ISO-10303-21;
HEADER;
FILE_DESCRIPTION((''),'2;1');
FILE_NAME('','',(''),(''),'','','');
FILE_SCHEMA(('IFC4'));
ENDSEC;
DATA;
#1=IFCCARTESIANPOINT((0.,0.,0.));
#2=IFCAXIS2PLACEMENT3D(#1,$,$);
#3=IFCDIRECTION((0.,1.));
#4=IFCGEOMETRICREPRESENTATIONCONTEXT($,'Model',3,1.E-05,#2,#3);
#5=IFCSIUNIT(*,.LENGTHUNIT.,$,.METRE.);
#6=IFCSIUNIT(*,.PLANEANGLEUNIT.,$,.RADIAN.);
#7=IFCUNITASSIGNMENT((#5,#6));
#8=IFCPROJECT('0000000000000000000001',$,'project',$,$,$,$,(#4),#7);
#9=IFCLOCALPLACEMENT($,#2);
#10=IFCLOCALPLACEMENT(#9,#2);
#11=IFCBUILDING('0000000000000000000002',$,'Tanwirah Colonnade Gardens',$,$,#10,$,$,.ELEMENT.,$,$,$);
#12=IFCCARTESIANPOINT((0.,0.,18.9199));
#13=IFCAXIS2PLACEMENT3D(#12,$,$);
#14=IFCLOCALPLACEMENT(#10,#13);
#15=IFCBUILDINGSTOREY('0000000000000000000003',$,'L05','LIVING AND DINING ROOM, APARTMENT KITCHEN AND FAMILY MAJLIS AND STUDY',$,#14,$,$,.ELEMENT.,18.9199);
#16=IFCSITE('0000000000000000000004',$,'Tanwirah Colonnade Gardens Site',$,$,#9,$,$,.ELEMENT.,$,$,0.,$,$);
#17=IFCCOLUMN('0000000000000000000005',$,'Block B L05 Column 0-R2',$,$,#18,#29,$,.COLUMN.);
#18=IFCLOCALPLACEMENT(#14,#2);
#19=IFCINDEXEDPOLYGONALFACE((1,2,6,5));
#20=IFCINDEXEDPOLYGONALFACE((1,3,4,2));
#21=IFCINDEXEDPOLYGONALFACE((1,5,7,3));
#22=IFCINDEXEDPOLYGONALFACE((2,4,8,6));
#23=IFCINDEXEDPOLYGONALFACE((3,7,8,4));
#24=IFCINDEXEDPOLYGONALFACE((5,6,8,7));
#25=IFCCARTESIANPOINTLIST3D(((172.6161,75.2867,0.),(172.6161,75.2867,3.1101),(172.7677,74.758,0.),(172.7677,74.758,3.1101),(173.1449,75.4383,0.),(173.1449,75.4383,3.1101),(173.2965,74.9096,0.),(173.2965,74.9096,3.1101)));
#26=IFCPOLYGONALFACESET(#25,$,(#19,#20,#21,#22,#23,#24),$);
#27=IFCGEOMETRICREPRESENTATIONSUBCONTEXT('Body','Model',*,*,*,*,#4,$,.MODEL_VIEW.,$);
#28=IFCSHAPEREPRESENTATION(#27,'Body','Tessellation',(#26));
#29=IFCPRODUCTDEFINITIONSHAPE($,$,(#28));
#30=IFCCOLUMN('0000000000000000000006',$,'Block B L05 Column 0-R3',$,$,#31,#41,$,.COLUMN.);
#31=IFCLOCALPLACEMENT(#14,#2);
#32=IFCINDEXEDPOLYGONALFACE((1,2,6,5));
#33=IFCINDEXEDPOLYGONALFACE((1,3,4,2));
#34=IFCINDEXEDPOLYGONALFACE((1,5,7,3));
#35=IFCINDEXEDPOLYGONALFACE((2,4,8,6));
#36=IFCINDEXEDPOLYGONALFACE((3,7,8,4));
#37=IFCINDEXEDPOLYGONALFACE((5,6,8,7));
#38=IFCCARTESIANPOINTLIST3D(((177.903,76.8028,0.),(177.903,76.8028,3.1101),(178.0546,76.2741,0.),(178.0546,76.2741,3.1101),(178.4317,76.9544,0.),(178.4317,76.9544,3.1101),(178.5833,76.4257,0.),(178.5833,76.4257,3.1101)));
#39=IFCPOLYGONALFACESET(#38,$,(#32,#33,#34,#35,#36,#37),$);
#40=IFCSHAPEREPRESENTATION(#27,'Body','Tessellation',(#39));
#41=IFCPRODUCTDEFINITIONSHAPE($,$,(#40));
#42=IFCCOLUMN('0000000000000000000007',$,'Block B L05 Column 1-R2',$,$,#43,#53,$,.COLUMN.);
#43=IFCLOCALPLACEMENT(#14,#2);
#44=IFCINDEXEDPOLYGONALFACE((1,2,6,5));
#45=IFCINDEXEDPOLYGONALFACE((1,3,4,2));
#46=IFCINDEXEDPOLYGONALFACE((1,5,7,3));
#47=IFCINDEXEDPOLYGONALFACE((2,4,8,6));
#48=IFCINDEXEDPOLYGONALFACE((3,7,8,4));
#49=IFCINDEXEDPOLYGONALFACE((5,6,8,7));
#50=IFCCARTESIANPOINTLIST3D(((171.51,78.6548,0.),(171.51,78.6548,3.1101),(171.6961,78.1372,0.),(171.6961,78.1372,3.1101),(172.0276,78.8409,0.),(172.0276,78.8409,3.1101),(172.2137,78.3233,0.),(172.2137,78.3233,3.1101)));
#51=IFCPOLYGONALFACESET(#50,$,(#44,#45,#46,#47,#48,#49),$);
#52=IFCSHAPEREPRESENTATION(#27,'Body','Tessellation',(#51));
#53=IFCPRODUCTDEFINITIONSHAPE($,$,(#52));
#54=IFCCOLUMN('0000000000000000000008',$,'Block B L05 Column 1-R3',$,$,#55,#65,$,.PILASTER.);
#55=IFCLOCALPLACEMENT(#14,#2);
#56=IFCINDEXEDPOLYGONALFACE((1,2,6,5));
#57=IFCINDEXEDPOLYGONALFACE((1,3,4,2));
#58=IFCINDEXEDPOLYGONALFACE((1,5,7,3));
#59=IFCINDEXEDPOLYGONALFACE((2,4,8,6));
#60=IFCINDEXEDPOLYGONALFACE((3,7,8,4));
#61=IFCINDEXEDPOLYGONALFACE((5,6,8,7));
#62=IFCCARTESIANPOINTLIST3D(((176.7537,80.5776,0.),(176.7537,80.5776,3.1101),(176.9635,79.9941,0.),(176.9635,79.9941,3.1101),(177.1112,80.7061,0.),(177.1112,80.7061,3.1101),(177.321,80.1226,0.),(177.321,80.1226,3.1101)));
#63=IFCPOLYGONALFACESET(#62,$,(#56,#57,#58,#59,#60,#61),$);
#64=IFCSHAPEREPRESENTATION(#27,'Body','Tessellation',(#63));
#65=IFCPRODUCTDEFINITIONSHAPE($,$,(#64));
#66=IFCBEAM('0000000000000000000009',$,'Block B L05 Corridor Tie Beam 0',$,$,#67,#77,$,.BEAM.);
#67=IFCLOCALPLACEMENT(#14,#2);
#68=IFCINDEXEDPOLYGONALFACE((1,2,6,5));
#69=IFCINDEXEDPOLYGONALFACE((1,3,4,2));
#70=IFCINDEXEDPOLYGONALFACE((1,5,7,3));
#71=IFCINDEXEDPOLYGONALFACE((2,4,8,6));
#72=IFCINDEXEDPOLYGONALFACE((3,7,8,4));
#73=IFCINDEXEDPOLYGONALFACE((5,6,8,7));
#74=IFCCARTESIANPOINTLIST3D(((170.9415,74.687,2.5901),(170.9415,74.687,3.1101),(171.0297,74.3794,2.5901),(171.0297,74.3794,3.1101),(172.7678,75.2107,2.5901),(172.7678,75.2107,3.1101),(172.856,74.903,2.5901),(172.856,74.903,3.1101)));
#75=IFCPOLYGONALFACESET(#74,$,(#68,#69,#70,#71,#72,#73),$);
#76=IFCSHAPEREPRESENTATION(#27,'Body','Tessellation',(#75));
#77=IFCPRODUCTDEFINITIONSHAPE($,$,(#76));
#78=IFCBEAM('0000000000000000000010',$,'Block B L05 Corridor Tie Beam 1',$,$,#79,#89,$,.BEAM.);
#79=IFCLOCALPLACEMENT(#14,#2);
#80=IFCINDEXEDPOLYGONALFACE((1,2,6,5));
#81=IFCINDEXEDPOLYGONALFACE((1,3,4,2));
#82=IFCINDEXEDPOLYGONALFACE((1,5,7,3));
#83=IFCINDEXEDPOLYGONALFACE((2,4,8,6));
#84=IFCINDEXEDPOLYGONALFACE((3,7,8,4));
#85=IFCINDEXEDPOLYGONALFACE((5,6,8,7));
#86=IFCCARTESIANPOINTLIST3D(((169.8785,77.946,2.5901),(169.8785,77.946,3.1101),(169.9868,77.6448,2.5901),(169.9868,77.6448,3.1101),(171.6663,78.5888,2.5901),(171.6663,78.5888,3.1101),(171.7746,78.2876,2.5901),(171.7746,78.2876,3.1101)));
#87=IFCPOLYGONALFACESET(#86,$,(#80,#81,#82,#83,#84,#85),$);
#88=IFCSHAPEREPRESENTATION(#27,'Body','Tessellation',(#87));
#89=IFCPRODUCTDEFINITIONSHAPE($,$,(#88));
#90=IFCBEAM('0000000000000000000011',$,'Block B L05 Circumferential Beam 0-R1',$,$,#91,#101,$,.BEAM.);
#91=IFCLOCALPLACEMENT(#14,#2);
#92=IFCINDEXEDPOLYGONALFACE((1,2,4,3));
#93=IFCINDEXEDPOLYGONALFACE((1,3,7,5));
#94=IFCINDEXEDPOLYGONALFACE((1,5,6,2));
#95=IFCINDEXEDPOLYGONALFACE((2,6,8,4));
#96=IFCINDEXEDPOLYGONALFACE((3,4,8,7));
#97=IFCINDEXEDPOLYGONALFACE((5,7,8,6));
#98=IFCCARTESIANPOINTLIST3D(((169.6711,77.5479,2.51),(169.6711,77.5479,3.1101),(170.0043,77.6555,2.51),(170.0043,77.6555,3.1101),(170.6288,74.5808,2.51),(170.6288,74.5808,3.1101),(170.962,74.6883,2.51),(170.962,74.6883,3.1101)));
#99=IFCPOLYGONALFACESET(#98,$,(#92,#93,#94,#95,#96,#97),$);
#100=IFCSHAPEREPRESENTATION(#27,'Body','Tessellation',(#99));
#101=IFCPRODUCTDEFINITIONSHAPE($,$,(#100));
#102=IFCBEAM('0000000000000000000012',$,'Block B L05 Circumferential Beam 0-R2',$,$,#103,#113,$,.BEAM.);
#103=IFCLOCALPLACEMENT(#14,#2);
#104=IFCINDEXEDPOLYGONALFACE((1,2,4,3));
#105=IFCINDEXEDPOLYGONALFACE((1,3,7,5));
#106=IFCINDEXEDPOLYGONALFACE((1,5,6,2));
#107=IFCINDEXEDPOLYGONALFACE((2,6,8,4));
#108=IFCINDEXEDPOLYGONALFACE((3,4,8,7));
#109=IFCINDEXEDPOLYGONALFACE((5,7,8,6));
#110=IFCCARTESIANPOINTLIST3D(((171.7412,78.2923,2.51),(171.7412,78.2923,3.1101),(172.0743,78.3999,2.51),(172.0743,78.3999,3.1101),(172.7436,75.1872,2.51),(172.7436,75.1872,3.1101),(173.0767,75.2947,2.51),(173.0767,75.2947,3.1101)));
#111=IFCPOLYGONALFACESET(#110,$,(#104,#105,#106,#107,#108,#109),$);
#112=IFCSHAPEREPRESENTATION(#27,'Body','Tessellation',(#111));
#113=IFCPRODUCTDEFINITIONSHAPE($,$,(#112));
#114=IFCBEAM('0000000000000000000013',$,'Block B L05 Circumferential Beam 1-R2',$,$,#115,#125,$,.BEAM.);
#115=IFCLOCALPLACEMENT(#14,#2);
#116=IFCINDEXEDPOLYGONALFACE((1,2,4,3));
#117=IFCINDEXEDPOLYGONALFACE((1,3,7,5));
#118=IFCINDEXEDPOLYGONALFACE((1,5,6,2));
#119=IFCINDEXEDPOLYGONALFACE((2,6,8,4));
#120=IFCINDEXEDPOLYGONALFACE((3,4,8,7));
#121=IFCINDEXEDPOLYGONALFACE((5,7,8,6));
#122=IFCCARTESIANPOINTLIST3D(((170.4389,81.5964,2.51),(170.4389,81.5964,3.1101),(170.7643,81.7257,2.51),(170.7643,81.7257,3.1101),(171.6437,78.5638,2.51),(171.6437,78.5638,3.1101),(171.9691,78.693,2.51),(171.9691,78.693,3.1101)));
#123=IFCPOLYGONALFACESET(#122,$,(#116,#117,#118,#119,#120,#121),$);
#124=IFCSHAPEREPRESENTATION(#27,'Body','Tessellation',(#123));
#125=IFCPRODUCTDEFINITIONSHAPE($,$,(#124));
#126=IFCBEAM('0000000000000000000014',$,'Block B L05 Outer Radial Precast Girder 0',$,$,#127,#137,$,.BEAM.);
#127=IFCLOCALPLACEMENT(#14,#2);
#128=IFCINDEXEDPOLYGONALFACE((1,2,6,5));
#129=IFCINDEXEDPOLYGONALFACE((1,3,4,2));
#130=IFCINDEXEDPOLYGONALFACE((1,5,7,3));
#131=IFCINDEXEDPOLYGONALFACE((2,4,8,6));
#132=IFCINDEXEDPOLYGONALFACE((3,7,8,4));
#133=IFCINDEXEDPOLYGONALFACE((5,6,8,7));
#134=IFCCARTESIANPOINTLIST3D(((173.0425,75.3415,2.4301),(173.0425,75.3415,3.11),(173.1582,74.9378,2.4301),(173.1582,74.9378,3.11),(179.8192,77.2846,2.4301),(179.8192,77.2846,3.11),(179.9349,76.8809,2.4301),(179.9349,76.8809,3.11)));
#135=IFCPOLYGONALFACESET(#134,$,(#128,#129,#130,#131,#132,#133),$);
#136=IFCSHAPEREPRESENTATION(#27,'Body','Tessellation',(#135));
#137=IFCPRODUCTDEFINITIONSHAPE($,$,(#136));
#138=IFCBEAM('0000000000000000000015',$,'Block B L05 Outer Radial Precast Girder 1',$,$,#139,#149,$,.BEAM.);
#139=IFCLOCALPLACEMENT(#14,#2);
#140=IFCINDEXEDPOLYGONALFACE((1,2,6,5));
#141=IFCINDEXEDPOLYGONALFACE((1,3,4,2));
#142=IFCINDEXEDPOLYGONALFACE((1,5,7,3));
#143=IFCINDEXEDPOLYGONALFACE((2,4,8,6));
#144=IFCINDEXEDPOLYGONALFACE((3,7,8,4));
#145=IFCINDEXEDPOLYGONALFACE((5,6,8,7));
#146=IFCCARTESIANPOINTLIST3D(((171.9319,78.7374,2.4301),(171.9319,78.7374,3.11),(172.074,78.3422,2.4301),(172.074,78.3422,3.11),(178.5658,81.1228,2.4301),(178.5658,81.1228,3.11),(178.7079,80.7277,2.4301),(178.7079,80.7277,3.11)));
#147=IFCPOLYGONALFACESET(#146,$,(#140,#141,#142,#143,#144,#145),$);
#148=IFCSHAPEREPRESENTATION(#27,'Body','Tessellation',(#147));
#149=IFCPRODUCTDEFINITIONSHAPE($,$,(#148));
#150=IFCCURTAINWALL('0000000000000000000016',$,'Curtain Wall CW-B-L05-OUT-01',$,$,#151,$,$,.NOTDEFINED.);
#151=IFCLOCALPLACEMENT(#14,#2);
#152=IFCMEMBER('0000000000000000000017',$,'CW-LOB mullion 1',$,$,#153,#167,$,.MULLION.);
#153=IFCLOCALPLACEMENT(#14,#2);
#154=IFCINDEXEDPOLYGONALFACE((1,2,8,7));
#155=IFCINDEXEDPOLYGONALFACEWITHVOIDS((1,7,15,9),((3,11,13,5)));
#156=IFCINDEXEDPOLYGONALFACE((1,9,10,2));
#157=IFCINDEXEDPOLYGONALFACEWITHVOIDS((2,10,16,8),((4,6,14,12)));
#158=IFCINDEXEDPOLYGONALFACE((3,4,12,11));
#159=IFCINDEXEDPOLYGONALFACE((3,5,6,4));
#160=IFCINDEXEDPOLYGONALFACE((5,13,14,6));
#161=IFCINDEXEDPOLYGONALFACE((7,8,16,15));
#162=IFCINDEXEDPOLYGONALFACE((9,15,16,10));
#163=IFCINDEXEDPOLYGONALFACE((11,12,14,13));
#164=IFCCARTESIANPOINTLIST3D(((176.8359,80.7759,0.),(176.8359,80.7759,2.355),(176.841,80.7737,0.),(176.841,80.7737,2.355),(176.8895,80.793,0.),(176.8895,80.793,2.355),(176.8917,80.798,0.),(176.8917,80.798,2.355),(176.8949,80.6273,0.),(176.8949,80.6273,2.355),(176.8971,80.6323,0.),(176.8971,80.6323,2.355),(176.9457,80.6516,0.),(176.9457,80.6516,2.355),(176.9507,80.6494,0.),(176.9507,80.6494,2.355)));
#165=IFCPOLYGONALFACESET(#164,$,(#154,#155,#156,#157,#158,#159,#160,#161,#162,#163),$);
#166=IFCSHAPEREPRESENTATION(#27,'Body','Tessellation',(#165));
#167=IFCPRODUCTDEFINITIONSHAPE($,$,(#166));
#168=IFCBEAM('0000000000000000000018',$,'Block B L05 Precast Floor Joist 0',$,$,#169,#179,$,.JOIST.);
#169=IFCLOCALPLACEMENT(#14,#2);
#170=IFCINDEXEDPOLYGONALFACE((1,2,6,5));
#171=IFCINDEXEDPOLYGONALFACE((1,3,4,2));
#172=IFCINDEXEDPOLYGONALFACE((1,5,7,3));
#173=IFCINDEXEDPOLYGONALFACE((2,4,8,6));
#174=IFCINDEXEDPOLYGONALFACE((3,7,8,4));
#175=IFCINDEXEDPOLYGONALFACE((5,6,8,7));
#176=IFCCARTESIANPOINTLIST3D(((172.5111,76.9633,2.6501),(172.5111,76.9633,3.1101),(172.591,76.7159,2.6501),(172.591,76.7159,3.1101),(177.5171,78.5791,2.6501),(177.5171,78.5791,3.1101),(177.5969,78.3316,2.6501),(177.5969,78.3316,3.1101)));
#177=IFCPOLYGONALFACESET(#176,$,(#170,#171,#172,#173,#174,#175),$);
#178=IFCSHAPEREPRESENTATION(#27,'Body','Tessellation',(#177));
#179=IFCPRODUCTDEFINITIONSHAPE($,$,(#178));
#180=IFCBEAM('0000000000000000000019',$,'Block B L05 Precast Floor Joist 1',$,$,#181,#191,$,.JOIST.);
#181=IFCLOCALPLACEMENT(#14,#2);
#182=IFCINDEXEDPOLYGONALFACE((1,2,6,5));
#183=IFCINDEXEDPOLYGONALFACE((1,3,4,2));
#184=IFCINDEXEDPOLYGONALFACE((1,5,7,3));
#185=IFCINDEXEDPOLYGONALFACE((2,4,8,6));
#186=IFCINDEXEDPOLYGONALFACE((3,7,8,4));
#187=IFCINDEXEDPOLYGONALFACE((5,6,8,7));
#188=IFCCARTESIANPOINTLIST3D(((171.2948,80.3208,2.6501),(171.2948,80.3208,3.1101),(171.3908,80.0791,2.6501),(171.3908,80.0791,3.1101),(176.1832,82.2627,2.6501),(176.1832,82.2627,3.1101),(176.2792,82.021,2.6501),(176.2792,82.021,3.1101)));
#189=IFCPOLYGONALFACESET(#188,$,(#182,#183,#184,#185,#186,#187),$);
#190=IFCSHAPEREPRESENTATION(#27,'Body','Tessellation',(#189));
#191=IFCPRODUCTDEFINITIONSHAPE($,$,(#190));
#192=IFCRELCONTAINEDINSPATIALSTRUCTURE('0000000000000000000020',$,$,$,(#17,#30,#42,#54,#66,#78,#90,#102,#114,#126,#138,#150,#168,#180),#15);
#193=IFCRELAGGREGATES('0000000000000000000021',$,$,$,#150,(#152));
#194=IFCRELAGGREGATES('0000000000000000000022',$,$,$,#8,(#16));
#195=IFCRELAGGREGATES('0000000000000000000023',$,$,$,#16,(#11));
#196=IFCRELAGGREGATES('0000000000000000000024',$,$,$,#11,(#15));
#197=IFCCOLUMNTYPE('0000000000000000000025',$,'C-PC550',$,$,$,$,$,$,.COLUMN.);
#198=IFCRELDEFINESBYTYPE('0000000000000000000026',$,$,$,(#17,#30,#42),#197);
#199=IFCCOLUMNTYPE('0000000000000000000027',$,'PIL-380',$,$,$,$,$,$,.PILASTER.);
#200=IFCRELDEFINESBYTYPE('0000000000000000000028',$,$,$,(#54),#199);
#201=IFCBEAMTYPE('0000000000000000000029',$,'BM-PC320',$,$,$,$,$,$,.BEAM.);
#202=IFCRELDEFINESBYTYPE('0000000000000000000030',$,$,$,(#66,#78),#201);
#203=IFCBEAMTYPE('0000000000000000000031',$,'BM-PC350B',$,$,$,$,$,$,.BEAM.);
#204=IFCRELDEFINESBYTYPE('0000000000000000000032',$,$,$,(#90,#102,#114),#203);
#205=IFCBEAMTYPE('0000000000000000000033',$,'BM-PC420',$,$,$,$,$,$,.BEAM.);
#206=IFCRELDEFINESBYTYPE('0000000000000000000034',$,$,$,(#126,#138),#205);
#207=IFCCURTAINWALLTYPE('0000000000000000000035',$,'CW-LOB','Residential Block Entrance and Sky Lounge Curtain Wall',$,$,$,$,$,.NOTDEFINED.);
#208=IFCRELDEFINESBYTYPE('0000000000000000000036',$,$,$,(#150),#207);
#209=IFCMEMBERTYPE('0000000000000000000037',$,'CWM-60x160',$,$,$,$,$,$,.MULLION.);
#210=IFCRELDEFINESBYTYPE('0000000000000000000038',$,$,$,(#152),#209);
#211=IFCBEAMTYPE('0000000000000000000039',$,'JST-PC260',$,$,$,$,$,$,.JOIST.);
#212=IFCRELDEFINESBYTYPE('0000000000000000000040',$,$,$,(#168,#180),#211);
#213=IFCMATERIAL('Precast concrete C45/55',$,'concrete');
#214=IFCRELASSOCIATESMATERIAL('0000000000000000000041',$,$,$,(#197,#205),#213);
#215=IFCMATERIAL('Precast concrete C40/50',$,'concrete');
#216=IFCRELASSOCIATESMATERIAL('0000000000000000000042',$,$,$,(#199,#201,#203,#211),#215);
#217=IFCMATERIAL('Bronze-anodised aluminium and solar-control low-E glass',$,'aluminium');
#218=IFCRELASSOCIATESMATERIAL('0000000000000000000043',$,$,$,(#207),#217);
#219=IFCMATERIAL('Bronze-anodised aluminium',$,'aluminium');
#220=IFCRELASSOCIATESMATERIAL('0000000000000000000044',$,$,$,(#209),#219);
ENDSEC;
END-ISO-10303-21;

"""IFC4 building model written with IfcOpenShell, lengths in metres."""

from ifc_helpers import new_model, si_unit, direction, frame, origin, origin_2d, place, context, subcontext, project, spatial, rectangle, hollow_rectangle, extrude, material, material_profile, profile_set, type_object, element, aggregate, save


model = new_model("IFC4")

# Units and contexts
model_context = context("Model", 3, precision=1e-05, world=origin(), true_north=direction((0.0, 1.0)))
body_context = subcontext(model_context, "Body", "Model", "MODEL_VIEW")
ifc_project = project(units=[si_unit("LENGTHUNIT", "METRE"), si_unit("PLANEANGLEUNIT", "RADIAN")], contexts=[model_context])

# Site, building, storey
site_placement = place(None, origin())
site = spatial("IfcSite", under=ifc_project, at=site_placement, Name="Tanwirah Colonnade Gardens Site", CompositionType="ELEMENT", RefElevation=0.0)
building_placement = place(site_placement, origin())
building = spatial("IfcBuilding", under=site, at=building_placement, Name="Tanwirah Colonnade Gardens", CompositionType="ELEMENT")
storey_placement = place(building_placement, frame((0.0, 0.0, 18.9199)))
storey = spatial("IfcBuildingStorey", under=building, at=storey_placement, Name="L05", Description="LIVING AND DINING ROOM, APARTMENT KITCHEN AND FAMILY MAJLIS AND STUDY", CompositionType="ELEMENT", Elevation=18.9199)

# Columns
ifc_material_1 = material(Name="Precast concrete C45/55", Category="concrete")
ifc_material_profile_1 = material_profile(ifc_material_1, rectangle(XDim=0.55, YDim=0.55, at=origin_2d()), Name="PC-COL 550x550")
ifc_profile_set_1 = profile_set([ifc_material_profile_1], Name="Precast concrete C45/55")
column_type_1 = type_object("IfcColumnType", Name="C-PC550", PredefinedType="COLUMN", material=ifc_profile_set_1)
for number, where, z_axis, x_axis, name in (
    (1, (172.9563, 75.0981, 0.0), (0.0, 0.0, 1.0), (0.961262, 0.275637, 0.0), "Block B L05 Column 0-R2"),
    (2, (178.2432, 76.6143, 0.0), (0.0, 0.0, 1.0), (0.961262, 0.275637, 0.0), "Block B L05 Column 0-R3"),
    (3, (171.8618, 78.489, 0.0), (0.0, 0.0, 1.0), (0.941012, 0.338373, 0.0), "Block B L05 Column 1-R2"),
):
    element("IfcColumn", number, at=place(storey_placement, frame(where, z_axis=z_axis, x_axis=x_axis)), inside=storey, type_object=column_type_1, Name=name, PredefinedType="COLUMN", context=body_context, shape_type="SweptSolid", body=[
        extrude(rectangle(XDim=0.55, YDim=0.55, at=origin_2d()), origin(), (0.0, 0.0, 1.0), 3.1101),
    ])
ifc_material_2 = material(Name="Precast concrete C40/50", Category="concrete")
ifc_material_profile_2 = material_profile(ifc_material_2, rectangle(XDim=0.3799, YDim=0.6201, at=origin_2d()), Name="PC-PIL 380x620")
ifc_profile_set_2 = profile_set([ifc_material_profile_2], Name="Precast concrete C40/50")
column_type_2 = type_object("IfcColumnType", Name="PIL-380", PredefinedType="PILASTER", material=ifc_profile_set_2)
column_placement = place(storey_placement, frame((177.0374, 80.3501, 0.0), z_axis=(0.0, 0.0, 1.0), x_axis=(0.941012, 0.338373, 0.0)))
element("IfcColumn", 4, at=column_placement, inside=storey, type_object=column_type_2, Name="Block B L05 Column 1-R3", PredefinedType="PILASTER", context=body_context, shape_type="SweptSolid", body=[
    extrude(rectangle(XDim=0.3799, YDim=0.6201, at=origin_2d()), origin(), (0.0, 0.0, 1.0), 3.1101),
])

# Beams
ifc_material_profile_3 = material_profile(ifc_material_2, rectangle(XDim=0.3201, YDim=0.52, at=origin_2d()), Name="PC-BM 320x520")
ifc_profile_set_3 = profile_set([ifc_material_profile_3], Name="Precast concrete C40/50")
beam_type_1 = type_object("IfcBeamType", Name="BM-PC320", PredefinedType="BEAM", material=ifc_profile_set_3)
for number, where, z_axis, x_axis, name in (
    (5, (170.9856, 74.5332, 2.8501), (0.961267, 0.27562, 0.0), (-0.27562, 0.961267, 0.0), "Block B L05 Corridor Tie Beam 0"),
    (6, (169.9326, 77.7954, 2.8501), (0.941022, 0.338346, 0.0), (-0.338346, 0.941022, 0.0), "Block B L05 Corridor Tie Beam 1"),
):
    element("IfcBeam", number, at=place(storey_placement, frame(where, z_axis=z_axis, x_axis=x_axis)), inside=storey, type_object=beam_type_1, Name=name, PredefinedType="BEAM", context=body_context, shape_type="SweptSolid", body=[
        extrude(rectangle(XDim=0.3201, YDim=0.52, at=origin_2d()), origin(), (0.0, 0.0, 1.0), 1.8999),
    ])
ifc_material_profile_4 = material_profile(ifc_material_2, rectangle(XDim=0.3501, YDim=0.6001, at=origin_2d()), Name="PC-BM 350x600")
ifc_profile_set_4 = profile_set([ifc_material_profile_4], Name="Precast concrete C40/50")
beam_type_2 = type_object("IfcBeamType", Name="BM-PC350B", PredefinedType="BEAM", material=ifc_profile_set_4)
beam_1_placement = place(storey_placement, frame((170.7954, 74.6345, 2.8101), z_axis=(-0.30717, 0.951655, 0.0), x_axis=(-0.951655, -0.30717, 0.0)))
element("IfcBeam", 7, at=beam_1_placement, inside=storey, type_object=beam_type_2, Name="Block B L05 Circumferential Beam 0-R1", PredefinedType="BEAM", context=body_context, shape_type="SweptSolid", body=[
    extrude(rectangle(XDim=0.3501, YDim=0.6001, at=origin_2d()), origin(), (0.0, 0.0, 1.0), 3.1179),
])
beam_2_placement = place(storey_placement, frame((172.9102, 75.241, 2.8101), z_axis=(-0.307213, 0.951641, 0.0), x_axis=(-0.951641, -0.307213, 0.0)))
element("IfcBeam", 8, at=beam_2_placement, inside=storey, type_object=beam_type_2, Name="Block B L05 Circumferential Beam 0-R2", PredefinedType="BEAM", context=body_context, shape_type="SweptSolid", body=[
    extrude(rectangle(XDim=0.3501, YDim=0.6001, at=origin_2d()), origin(), (0.0, 0.0, 1.0), 3.2629),
])
beam_3_placement = place(storey_placement, frame((171.8064, 78.6284, 2.8101), z_axis=(-0.36921, 0.929346, 0.0), x_axis=(-0.929346, -0.36921, 0.0)))
element("IfcBeam", 9, at=beam_3_placement, inside=storey, type_object=beam_type_2, Name="Block B L05 Circumferential Beam 1-R2", PredefinedType="BEAM", context=body_context, shape_type="SweptSolid", body=[
    extrude(rectangle(XDim=0.3501, YDim=0.6001, at=origin_2d()), origin(), (0.0, 0.0, 1.0), 3.2632),
])
ifc_material_profile_5 = material_profile(ifc_material_1, rectangle(XDim=0.4199, YDim=0.6799, at=origin_2d()), Name="PC-BM 420x680")
ifc_profile_set_5 = profile_set([ifc_material_profile_5], Name="Precast concrete C45/55")
beam_type_3 = type_object("IfcBeamType", Name="BM-PC420", PredefinedType="BEAM", material=ifc_profile_set_5)
for number, where, z_axis, x_axis, name in (
    (10, (173.1003, 75.1396, 2.77), (0.961266, 0.275622, 0.0), (-0.275622, 0.961266, 0.0), "Block B L05 Outer Radial Precast Girder 0"),
    (11, (172.0029, 78.5398, 2.77), (0.941012, 0.338374, 0.0), (-0.338374, 0.941012, 0.0), "Block B L05 Outer Radial Precast Girder 1"),
):
    element("IfcBeam", number, at=place(storey_placement, frame(where, z_axis=z_axis, x_axis=x_axis)), inside=storey, type_object=beam_type_3, Name=name, PredefinedType="BEAM", context=body_context, shape_type="SweptSolid", body=[
        extrude(rectangle(XDim=0.4199, YDim=0.6799, at=origin_2d()), origin(), (0.0, 0.0, 1.0), 7.0498),
    ])

# Curtain wall, member
ifc_material_3 = material(Name="Bronze-anodised aluminium and solar-control low-E glass", Category="aluminium")
curtain_wall_type = type_object("IfcCurtainWallType", Name="CW-LOB", Description="Residential Block Entrance and Sky Lounge Curtain Wall", PredefinedType="NOTDEFINED", material=ifc_material_3)
curtain_wall_placement = place(storey_placement, origin())
curtain_wall = element("IfcCurtainWall", 12, at=curtain_wall_placement, inside=storey, type_object=curtain_wall_type, Name="Curtain Wall CW-B-L05-OUT-01", PredefinedType="NOTDEFINED")
ifc_material_4 = material(Name="Bronze-anodised aluminium", Category="aluminium")
ifc_material_profile_6 = material_profile(ifc_material_4, hollow_rectangle(XDim=0.0601, YDim=0.1599, WallThickness=0.0039, at=origin_2d()), Name="CW-MUL 60x160x4")
ifc_profile_set_6 = profile_set([ifc_material_profile_6], Name="Bronze-anodised aluminium")
member_type = type_object("IfcMemberType", Name="CWM-60x160", PredefinedType="MULLION", material=ifc_profile_set_6)
member_placement = place(storey_placement, frame((176.8933, 80.7126, 0.0), z_axis=(0.0, 0.0, 1.0), x_axis=(-0.929348, -0.369206, 0.0)))
member = element("IfcMember", 13, at=member_placement, type_object=member_type, Name="CW-LOB mullion 1", PredefinedType="MULLION", context=body_context, shape_type="SweptSolid", body=[
    extrude(hollow_rectangle(XDim=0.0601, YDim=0.1599, WallThickness=0.0039, at=origin_2d()), origin(), (0.0, 0.0, 1.0), 2.355),
])
aggregate(curtain_wall, [member])

# Beams
ifc_material_profile_7 = material_profile(ifc_material_2, rectangle(XDim=0.26, YDim=0.46, at=origin_2d()), Name="PC-JST 260x460")
ifc_profile_set_7 = profile_set([ifc_material_profile_7], Name="Precast concrete C40/50")
beam_type_4 = type_object("IfcBeamType", Name="JST-PC260", PredefinedType="JOIST", material=ifc_profile_set_7)
beam_4_placement = place(storey_placement, frame((172.551, 76.8396, 2.8801), z_axis=(0.951657, 0.307163, 0.0), x_axis=(-0.307163, 0.951657, 0.0)))
element("IfcBeam", 14, at=beam_4_placement, inside=storey, type_object=beam_type_4, Name="Block B L05 Precast Floor Joist 0", PredefinedType="JOIST", context=body_context, shape_type="SweptSolid", body=[
    extrude(rectangle(XDim=0.26, YDim=0.46, at=origin_2d()), origin(), (0.0, 0.0, 1.0), 5.2603),
])
beam_5_placement = place(storey_placement, frame((171.3428, 80.2, 2.8801), z_axis=(0.929358, 0.369181, 0.0), x_axis=(-0.369181, 0.929358, 0.0)))
element("IfcBeam", 15, at=beam_5_placement, inside=storey, type_object=beam_type_4, Name="Block B L05 Precast Floor Joist 1", PredefinedType="JOIST", context=body_context, shape_type="SweptSolid", body=[
    extrude(rectangle(XDim=0.26, YDim=0.46, at=origin_2d()), origin(), (0.0, 0.0, 1.0), 5.26),
])

save(model, "model.ifc")
